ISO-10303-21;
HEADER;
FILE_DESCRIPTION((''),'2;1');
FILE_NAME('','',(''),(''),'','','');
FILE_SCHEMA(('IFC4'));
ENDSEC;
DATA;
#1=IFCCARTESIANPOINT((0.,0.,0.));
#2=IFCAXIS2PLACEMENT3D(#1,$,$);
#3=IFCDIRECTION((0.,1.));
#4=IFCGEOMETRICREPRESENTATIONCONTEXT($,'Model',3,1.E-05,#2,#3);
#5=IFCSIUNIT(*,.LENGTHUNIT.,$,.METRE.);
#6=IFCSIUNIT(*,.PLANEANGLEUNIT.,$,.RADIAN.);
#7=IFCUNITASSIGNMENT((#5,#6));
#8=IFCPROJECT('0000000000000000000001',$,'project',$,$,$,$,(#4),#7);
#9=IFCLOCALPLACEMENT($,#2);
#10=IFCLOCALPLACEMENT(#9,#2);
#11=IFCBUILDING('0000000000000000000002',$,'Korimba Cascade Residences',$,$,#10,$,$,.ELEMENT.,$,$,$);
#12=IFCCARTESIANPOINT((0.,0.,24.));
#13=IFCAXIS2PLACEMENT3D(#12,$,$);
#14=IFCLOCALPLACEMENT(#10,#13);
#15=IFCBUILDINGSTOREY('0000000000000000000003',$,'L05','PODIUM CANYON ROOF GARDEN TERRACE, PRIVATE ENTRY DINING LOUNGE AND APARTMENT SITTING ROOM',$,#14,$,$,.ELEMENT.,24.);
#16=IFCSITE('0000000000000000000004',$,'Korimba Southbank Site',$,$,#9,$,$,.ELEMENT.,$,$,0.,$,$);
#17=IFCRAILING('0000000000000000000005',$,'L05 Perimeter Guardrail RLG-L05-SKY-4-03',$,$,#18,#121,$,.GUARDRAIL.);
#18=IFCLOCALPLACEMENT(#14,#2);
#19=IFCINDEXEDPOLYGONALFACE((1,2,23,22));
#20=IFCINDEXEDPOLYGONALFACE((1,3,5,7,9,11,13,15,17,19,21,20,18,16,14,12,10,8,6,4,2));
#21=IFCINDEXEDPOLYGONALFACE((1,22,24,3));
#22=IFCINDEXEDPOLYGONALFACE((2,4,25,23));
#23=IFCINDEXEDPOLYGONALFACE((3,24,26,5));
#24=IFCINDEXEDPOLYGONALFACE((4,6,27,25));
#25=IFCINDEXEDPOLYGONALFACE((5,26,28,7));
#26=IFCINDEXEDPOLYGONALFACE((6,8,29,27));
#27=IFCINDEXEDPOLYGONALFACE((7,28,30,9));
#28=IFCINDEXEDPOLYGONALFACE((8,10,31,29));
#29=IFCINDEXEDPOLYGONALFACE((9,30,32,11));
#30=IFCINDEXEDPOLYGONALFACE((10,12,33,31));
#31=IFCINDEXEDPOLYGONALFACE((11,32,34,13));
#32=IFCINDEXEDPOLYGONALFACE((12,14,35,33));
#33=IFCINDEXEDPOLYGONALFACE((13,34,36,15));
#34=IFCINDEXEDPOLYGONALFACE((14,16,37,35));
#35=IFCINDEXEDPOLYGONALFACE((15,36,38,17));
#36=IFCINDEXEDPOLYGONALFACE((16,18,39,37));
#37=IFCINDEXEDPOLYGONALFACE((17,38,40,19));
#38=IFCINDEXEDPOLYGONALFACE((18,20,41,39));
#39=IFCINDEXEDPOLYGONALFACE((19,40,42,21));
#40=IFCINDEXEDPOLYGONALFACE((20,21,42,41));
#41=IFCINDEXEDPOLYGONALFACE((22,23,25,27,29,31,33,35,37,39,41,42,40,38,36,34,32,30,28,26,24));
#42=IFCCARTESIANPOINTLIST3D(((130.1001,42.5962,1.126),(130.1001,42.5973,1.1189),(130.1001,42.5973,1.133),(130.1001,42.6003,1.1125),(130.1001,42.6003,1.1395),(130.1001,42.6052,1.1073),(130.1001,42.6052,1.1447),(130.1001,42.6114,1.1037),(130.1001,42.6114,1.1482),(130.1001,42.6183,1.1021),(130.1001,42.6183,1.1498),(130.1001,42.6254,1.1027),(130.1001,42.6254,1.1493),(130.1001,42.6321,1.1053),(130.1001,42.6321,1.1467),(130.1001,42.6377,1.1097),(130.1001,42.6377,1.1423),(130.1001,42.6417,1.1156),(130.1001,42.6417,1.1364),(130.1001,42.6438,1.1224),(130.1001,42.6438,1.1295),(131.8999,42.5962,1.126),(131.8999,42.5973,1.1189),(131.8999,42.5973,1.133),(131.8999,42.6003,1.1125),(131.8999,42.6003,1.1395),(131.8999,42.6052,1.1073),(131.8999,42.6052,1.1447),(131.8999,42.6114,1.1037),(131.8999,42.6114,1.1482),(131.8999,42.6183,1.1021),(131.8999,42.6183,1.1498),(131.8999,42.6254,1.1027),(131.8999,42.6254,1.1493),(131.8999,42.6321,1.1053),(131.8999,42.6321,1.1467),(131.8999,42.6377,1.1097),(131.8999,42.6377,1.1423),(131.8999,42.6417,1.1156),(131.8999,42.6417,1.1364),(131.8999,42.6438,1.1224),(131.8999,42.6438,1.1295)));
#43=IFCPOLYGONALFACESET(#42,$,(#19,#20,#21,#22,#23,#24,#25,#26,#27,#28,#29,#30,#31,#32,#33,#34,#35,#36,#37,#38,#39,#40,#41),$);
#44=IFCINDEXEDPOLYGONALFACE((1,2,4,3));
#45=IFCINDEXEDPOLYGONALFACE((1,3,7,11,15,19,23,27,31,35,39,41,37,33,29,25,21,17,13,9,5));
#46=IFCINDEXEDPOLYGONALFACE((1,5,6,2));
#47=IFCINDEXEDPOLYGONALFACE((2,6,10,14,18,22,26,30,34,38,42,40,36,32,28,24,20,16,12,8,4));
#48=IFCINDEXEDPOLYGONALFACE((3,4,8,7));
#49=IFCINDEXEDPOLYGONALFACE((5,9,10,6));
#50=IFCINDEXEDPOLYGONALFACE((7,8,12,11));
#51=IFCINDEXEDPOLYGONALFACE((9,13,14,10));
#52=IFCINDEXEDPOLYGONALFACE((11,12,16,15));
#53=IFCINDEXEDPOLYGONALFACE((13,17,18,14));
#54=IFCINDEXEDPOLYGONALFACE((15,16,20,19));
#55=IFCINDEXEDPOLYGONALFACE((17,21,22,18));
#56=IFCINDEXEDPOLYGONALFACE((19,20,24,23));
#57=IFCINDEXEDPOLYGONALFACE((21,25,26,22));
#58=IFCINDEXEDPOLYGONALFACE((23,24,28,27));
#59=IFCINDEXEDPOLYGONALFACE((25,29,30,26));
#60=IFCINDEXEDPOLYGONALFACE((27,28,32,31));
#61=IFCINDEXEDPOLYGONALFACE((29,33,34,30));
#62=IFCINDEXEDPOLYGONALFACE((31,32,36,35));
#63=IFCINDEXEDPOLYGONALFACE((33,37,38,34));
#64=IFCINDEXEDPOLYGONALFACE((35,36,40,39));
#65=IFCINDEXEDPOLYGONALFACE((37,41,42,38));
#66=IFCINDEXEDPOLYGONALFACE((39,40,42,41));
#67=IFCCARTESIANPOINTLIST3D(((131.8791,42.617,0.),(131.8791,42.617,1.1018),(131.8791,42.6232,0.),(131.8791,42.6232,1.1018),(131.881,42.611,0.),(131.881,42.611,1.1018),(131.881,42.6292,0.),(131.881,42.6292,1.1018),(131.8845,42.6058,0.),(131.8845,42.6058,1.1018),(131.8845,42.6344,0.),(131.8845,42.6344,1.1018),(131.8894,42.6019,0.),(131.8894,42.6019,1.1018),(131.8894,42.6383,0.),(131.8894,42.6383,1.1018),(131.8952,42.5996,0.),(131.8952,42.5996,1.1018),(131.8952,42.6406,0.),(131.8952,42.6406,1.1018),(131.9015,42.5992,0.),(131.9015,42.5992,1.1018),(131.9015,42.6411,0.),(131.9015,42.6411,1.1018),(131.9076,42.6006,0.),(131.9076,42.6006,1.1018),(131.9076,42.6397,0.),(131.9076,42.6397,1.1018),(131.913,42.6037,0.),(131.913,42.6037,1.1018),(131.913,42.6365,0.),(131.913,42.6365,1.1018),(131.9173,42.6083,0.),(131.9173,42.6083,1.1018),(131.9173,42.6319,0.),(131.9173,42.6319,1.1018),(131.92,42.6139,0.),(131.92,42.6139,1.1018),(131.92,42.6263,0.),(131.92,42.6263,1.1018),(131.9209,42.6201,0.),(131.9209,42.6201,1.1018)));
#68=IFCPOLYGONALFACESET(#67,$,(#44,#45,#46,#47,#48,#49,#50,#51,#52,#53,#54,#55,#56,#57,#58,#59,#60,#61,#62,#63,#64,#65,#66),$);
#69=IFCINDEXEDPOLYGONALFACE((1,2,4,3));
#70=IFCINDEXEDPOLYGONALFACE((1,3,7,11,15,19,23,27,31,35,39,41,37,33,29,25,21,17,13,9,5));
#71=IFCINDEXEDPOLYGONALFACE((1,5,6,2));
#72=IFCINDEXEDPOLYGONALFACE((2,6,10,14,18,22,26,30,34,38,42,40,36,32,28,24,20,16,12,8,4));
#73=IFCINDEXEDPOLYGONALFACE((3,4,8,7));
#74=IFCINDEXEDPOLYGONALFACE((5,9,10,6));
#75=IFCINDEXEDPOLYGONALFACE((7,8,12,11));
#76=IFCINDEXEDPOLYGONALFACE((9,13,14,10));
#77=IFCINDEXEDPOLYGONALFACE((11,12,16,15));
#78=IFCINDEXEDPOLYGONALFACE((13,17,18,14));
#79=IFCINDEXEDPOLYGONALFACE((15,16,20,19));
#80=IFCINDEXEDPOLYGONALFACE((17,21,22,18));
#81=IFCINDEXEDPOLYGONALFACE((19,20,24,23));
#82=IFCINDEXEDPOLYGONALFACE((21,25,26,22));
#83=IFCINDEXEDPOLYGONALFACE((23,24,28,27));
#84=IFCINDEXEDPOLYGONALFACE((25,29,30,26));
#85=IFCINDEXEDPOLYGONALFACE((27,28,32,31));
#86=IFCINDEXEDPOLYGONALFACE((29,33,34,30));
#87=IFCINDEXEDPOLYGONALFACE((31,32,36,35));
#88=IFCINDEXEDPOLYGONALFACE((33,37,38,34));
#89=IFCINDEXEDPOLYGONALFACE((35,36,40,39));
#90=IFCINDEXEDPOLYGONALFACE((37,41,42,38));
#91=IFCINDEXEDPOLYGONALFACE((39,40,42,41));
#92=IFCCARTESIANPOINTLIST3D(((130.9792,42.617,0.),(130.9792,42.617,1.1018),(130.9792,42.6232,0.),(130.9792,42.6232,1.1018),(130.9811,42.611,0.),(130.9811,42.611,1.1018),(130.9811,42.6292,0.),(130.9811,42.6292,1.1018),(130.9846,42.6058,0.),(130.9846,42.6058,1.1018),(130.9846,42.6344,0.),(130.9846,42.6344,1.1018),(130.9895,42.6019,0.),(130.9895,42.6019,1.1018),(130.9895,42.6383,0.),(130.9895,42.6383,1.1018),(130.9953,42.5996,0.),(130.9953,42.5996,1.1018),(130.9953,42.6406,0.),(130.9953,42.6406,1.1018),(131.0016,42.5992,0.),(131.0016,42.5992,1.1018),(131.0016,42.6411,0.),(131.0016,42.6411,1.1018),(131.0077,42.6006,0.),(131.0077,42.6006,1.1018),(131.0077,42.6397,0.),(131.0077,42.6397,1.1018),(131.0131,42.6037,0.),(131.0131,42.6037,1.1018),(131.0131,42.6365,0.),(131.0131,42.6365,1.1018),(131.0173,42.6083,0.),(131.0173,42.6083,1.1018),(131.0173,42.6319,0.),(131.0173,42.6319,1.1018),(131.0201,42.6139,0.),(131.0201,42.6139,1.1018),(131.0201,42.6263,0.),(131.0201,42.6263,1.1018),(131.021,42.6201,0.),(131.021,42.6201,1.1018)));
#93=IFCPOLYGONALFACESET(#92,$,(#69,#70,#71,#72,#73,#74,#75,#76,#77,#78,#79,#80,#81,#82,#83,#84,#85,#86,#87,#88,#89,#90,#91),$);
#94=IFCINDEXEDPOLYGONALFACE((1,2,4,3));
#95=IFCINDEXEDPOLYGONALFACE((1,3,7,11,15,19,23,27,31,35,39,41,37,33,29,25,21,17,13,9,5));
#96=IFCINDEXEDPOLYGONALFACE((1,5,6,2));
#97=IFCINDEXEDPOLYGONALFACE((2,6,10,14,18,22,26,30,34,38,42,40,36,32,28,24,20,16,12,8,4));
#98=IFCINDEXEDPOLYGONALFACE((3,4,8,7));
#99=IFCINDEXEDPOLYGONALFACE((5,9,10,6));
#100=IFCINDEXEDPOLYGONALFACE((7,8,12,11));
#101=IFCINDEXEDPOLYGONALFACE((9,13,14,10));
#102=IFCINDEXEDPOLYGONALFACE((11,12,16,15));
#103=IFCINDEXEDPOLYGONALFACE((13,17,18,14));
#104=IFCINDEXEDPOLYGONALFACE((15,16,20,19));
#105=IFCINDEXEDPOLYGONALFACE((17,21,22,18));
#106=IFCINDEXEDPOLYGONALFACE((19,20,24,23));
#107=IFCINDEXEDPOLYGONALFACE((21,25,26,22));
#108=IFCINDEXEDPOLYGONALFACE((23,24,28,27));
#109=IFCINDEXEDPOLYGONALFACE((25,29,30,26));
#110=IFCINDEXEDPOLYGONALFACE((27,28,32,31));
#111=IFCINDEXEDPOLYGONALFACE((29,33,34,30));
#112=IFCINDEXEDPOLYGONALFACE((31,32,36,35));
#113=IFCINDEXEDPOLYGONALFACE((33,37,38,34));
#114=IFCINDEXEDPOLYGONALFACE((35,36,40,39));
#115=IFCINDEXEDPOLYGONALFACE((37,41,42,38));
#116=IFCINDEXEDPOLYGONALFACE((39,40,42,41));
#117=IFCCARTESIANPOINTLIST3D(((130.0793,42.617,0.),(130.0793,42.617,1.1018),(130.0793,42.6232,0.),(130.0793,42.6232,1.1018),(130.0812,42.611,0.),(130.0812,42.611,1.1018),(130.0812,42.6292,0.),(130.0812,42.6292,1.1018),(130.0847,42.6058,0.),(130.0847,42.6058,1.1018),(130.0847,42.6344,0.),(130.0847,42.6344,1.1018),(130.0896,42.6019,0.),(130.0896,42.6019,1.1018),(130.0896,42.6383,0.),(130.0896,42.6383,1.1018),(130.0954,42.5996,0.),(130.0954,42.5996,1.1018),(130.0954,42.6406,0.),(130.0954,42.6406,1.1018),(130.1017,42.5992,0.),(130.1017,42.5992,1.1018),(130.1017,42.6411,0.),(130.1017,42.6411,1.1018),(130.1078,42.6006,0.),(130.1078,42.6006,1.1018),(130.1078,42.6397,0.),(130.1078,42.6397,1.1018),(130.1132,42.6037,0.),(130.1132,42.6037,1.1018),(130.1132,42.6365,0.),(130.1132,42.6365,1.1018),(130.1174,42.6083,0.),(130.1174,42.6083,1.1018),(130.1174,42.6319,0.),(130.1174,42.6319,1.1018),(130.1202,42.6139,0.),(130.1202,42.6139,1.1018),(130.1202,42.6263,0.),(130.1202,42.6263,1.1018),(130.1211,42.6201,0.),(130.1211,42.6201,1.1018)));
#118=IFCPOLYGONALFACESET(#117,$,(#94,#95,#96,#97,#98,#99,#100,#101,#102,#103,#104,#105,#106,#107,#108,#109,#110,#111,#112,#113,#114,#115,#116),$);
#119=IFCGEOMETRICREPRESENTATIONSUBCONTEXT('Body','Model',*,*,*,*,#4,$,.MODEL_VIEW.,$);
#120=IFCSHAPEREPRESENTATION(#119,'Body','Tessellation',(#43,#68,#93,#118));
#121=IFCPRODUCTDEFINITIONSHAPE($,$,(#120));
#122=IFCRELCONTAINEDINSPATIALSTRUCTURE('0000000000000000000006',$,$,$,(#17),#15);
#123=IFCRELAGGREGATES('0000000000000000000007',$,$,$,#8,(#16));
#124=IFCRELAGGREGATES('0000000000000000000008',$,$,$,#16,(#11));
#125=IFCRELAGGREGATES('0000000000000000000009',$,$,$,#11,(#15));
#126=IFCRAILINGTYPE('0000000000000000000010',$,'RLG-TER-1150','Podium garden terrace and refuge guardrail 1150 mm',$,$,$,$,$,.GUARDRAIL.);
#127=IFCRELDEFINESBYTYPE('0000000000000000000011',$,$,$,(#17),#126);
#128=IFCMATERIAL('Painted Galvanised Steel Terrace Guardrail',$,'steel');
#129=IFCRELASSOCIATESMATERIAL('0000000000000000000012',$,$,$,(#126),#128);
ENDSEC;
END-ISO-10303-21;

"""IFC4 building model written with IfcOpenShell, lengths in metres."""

from ifc_helpers import new_model, si_unit, direction, frame, origin, origin_2d, place, context, subcontext, project, spatial, circle, extrude, material, type_object, element, save


model = new_model("IFC4")

# Units and contexts
model_context = context("Model", 3, precision=1e-05, world=origin(), true_north=direction((0.0, 1.0)))
body_context = subcontext(model_context, "Body", "Model", "MODEL_VIEW")
ifc_project = project(units=[si_unit("LENGTHUNIT", "METRE"), si_unit("PLANEANGLEUNIT", "RADIAN")], contexts=[model_context])

# Site, building, storey
site_placement = place(None, origin())
site = spatial("IfcSite", under=ifc_project, at=site_placement, Name="Korimba Southbank Site", CompositionType="ELEMENT", RefElevation=0.0)
building_placement = place(site_placement, origin())
building = spatial("IfcBuilding", under=site, at=building_placement, Name="Korimba Cascade Residences", CompositionType="ELEMENT")
storey_placement = place(building_placement, frame((0.0, 0.0, 24.0)))
storey = spatial("IfcBuildingStorey", under=building, at=storey_placement, Name="L05", Description="PODIUM CANYON ROOF GARDEN TERRACE, PRIVATE ENTRY DINING LOUNGE AND APARTMENT SITTING ROOM", CompositionType="ELEMENT", Elevation=24.0)

# Railing
ifc_material_1 = material(Name="Painted Galvanised Steel Terrace Guardrail", Category="steel")
railing_type = type_object("IfcRailingType", Name="RLG-TER-1150", Description="Podium garden terrace and refuge guardrail 1150 mm", PredefinedType="GUARDRAIL", material=ifc_material_1)
railing_1_placement = place(storey_placement, frame((131.8999, 42.6201, 0.0)))
element("IfcRailing", 1, at=railing_1_placement, inside=storey, type_object=railing_type, Name="L05 Perimeter Guardrail RLG-L05-SKY-4-03", PredefinedType="GUARDRAIL", context=body_context, shape_type="SweptSolid", body=[
    extrude(circle(Radius=0.0239, at=origin_2d()), frame((0.0, 0.0, 1.126), z_axis=(-1.0, 0.0, 0.0), x_axis=(0.0, -1.0, 0.0)), (0.0, 0.0, 1.0), 1.7998),
    extrude(circle(Radius=0.021, at=origin_2d()), origin(), (0.0, 0.0, 1.0), 1.1018),
    extrude(circle(Radius=0.021, at=origin_2d()), frame((-0.8999, 0.0, 0.0)), (0.0, 0.0, 1.0), 1.1018),
    extrude(circle(Radius=0.021, at=origin_2d()), frame((-1.7998, 0.0, 0.0)), (0.0, 0.0, 1.0), 1.1018),
])

save(model, "model.ifc")
